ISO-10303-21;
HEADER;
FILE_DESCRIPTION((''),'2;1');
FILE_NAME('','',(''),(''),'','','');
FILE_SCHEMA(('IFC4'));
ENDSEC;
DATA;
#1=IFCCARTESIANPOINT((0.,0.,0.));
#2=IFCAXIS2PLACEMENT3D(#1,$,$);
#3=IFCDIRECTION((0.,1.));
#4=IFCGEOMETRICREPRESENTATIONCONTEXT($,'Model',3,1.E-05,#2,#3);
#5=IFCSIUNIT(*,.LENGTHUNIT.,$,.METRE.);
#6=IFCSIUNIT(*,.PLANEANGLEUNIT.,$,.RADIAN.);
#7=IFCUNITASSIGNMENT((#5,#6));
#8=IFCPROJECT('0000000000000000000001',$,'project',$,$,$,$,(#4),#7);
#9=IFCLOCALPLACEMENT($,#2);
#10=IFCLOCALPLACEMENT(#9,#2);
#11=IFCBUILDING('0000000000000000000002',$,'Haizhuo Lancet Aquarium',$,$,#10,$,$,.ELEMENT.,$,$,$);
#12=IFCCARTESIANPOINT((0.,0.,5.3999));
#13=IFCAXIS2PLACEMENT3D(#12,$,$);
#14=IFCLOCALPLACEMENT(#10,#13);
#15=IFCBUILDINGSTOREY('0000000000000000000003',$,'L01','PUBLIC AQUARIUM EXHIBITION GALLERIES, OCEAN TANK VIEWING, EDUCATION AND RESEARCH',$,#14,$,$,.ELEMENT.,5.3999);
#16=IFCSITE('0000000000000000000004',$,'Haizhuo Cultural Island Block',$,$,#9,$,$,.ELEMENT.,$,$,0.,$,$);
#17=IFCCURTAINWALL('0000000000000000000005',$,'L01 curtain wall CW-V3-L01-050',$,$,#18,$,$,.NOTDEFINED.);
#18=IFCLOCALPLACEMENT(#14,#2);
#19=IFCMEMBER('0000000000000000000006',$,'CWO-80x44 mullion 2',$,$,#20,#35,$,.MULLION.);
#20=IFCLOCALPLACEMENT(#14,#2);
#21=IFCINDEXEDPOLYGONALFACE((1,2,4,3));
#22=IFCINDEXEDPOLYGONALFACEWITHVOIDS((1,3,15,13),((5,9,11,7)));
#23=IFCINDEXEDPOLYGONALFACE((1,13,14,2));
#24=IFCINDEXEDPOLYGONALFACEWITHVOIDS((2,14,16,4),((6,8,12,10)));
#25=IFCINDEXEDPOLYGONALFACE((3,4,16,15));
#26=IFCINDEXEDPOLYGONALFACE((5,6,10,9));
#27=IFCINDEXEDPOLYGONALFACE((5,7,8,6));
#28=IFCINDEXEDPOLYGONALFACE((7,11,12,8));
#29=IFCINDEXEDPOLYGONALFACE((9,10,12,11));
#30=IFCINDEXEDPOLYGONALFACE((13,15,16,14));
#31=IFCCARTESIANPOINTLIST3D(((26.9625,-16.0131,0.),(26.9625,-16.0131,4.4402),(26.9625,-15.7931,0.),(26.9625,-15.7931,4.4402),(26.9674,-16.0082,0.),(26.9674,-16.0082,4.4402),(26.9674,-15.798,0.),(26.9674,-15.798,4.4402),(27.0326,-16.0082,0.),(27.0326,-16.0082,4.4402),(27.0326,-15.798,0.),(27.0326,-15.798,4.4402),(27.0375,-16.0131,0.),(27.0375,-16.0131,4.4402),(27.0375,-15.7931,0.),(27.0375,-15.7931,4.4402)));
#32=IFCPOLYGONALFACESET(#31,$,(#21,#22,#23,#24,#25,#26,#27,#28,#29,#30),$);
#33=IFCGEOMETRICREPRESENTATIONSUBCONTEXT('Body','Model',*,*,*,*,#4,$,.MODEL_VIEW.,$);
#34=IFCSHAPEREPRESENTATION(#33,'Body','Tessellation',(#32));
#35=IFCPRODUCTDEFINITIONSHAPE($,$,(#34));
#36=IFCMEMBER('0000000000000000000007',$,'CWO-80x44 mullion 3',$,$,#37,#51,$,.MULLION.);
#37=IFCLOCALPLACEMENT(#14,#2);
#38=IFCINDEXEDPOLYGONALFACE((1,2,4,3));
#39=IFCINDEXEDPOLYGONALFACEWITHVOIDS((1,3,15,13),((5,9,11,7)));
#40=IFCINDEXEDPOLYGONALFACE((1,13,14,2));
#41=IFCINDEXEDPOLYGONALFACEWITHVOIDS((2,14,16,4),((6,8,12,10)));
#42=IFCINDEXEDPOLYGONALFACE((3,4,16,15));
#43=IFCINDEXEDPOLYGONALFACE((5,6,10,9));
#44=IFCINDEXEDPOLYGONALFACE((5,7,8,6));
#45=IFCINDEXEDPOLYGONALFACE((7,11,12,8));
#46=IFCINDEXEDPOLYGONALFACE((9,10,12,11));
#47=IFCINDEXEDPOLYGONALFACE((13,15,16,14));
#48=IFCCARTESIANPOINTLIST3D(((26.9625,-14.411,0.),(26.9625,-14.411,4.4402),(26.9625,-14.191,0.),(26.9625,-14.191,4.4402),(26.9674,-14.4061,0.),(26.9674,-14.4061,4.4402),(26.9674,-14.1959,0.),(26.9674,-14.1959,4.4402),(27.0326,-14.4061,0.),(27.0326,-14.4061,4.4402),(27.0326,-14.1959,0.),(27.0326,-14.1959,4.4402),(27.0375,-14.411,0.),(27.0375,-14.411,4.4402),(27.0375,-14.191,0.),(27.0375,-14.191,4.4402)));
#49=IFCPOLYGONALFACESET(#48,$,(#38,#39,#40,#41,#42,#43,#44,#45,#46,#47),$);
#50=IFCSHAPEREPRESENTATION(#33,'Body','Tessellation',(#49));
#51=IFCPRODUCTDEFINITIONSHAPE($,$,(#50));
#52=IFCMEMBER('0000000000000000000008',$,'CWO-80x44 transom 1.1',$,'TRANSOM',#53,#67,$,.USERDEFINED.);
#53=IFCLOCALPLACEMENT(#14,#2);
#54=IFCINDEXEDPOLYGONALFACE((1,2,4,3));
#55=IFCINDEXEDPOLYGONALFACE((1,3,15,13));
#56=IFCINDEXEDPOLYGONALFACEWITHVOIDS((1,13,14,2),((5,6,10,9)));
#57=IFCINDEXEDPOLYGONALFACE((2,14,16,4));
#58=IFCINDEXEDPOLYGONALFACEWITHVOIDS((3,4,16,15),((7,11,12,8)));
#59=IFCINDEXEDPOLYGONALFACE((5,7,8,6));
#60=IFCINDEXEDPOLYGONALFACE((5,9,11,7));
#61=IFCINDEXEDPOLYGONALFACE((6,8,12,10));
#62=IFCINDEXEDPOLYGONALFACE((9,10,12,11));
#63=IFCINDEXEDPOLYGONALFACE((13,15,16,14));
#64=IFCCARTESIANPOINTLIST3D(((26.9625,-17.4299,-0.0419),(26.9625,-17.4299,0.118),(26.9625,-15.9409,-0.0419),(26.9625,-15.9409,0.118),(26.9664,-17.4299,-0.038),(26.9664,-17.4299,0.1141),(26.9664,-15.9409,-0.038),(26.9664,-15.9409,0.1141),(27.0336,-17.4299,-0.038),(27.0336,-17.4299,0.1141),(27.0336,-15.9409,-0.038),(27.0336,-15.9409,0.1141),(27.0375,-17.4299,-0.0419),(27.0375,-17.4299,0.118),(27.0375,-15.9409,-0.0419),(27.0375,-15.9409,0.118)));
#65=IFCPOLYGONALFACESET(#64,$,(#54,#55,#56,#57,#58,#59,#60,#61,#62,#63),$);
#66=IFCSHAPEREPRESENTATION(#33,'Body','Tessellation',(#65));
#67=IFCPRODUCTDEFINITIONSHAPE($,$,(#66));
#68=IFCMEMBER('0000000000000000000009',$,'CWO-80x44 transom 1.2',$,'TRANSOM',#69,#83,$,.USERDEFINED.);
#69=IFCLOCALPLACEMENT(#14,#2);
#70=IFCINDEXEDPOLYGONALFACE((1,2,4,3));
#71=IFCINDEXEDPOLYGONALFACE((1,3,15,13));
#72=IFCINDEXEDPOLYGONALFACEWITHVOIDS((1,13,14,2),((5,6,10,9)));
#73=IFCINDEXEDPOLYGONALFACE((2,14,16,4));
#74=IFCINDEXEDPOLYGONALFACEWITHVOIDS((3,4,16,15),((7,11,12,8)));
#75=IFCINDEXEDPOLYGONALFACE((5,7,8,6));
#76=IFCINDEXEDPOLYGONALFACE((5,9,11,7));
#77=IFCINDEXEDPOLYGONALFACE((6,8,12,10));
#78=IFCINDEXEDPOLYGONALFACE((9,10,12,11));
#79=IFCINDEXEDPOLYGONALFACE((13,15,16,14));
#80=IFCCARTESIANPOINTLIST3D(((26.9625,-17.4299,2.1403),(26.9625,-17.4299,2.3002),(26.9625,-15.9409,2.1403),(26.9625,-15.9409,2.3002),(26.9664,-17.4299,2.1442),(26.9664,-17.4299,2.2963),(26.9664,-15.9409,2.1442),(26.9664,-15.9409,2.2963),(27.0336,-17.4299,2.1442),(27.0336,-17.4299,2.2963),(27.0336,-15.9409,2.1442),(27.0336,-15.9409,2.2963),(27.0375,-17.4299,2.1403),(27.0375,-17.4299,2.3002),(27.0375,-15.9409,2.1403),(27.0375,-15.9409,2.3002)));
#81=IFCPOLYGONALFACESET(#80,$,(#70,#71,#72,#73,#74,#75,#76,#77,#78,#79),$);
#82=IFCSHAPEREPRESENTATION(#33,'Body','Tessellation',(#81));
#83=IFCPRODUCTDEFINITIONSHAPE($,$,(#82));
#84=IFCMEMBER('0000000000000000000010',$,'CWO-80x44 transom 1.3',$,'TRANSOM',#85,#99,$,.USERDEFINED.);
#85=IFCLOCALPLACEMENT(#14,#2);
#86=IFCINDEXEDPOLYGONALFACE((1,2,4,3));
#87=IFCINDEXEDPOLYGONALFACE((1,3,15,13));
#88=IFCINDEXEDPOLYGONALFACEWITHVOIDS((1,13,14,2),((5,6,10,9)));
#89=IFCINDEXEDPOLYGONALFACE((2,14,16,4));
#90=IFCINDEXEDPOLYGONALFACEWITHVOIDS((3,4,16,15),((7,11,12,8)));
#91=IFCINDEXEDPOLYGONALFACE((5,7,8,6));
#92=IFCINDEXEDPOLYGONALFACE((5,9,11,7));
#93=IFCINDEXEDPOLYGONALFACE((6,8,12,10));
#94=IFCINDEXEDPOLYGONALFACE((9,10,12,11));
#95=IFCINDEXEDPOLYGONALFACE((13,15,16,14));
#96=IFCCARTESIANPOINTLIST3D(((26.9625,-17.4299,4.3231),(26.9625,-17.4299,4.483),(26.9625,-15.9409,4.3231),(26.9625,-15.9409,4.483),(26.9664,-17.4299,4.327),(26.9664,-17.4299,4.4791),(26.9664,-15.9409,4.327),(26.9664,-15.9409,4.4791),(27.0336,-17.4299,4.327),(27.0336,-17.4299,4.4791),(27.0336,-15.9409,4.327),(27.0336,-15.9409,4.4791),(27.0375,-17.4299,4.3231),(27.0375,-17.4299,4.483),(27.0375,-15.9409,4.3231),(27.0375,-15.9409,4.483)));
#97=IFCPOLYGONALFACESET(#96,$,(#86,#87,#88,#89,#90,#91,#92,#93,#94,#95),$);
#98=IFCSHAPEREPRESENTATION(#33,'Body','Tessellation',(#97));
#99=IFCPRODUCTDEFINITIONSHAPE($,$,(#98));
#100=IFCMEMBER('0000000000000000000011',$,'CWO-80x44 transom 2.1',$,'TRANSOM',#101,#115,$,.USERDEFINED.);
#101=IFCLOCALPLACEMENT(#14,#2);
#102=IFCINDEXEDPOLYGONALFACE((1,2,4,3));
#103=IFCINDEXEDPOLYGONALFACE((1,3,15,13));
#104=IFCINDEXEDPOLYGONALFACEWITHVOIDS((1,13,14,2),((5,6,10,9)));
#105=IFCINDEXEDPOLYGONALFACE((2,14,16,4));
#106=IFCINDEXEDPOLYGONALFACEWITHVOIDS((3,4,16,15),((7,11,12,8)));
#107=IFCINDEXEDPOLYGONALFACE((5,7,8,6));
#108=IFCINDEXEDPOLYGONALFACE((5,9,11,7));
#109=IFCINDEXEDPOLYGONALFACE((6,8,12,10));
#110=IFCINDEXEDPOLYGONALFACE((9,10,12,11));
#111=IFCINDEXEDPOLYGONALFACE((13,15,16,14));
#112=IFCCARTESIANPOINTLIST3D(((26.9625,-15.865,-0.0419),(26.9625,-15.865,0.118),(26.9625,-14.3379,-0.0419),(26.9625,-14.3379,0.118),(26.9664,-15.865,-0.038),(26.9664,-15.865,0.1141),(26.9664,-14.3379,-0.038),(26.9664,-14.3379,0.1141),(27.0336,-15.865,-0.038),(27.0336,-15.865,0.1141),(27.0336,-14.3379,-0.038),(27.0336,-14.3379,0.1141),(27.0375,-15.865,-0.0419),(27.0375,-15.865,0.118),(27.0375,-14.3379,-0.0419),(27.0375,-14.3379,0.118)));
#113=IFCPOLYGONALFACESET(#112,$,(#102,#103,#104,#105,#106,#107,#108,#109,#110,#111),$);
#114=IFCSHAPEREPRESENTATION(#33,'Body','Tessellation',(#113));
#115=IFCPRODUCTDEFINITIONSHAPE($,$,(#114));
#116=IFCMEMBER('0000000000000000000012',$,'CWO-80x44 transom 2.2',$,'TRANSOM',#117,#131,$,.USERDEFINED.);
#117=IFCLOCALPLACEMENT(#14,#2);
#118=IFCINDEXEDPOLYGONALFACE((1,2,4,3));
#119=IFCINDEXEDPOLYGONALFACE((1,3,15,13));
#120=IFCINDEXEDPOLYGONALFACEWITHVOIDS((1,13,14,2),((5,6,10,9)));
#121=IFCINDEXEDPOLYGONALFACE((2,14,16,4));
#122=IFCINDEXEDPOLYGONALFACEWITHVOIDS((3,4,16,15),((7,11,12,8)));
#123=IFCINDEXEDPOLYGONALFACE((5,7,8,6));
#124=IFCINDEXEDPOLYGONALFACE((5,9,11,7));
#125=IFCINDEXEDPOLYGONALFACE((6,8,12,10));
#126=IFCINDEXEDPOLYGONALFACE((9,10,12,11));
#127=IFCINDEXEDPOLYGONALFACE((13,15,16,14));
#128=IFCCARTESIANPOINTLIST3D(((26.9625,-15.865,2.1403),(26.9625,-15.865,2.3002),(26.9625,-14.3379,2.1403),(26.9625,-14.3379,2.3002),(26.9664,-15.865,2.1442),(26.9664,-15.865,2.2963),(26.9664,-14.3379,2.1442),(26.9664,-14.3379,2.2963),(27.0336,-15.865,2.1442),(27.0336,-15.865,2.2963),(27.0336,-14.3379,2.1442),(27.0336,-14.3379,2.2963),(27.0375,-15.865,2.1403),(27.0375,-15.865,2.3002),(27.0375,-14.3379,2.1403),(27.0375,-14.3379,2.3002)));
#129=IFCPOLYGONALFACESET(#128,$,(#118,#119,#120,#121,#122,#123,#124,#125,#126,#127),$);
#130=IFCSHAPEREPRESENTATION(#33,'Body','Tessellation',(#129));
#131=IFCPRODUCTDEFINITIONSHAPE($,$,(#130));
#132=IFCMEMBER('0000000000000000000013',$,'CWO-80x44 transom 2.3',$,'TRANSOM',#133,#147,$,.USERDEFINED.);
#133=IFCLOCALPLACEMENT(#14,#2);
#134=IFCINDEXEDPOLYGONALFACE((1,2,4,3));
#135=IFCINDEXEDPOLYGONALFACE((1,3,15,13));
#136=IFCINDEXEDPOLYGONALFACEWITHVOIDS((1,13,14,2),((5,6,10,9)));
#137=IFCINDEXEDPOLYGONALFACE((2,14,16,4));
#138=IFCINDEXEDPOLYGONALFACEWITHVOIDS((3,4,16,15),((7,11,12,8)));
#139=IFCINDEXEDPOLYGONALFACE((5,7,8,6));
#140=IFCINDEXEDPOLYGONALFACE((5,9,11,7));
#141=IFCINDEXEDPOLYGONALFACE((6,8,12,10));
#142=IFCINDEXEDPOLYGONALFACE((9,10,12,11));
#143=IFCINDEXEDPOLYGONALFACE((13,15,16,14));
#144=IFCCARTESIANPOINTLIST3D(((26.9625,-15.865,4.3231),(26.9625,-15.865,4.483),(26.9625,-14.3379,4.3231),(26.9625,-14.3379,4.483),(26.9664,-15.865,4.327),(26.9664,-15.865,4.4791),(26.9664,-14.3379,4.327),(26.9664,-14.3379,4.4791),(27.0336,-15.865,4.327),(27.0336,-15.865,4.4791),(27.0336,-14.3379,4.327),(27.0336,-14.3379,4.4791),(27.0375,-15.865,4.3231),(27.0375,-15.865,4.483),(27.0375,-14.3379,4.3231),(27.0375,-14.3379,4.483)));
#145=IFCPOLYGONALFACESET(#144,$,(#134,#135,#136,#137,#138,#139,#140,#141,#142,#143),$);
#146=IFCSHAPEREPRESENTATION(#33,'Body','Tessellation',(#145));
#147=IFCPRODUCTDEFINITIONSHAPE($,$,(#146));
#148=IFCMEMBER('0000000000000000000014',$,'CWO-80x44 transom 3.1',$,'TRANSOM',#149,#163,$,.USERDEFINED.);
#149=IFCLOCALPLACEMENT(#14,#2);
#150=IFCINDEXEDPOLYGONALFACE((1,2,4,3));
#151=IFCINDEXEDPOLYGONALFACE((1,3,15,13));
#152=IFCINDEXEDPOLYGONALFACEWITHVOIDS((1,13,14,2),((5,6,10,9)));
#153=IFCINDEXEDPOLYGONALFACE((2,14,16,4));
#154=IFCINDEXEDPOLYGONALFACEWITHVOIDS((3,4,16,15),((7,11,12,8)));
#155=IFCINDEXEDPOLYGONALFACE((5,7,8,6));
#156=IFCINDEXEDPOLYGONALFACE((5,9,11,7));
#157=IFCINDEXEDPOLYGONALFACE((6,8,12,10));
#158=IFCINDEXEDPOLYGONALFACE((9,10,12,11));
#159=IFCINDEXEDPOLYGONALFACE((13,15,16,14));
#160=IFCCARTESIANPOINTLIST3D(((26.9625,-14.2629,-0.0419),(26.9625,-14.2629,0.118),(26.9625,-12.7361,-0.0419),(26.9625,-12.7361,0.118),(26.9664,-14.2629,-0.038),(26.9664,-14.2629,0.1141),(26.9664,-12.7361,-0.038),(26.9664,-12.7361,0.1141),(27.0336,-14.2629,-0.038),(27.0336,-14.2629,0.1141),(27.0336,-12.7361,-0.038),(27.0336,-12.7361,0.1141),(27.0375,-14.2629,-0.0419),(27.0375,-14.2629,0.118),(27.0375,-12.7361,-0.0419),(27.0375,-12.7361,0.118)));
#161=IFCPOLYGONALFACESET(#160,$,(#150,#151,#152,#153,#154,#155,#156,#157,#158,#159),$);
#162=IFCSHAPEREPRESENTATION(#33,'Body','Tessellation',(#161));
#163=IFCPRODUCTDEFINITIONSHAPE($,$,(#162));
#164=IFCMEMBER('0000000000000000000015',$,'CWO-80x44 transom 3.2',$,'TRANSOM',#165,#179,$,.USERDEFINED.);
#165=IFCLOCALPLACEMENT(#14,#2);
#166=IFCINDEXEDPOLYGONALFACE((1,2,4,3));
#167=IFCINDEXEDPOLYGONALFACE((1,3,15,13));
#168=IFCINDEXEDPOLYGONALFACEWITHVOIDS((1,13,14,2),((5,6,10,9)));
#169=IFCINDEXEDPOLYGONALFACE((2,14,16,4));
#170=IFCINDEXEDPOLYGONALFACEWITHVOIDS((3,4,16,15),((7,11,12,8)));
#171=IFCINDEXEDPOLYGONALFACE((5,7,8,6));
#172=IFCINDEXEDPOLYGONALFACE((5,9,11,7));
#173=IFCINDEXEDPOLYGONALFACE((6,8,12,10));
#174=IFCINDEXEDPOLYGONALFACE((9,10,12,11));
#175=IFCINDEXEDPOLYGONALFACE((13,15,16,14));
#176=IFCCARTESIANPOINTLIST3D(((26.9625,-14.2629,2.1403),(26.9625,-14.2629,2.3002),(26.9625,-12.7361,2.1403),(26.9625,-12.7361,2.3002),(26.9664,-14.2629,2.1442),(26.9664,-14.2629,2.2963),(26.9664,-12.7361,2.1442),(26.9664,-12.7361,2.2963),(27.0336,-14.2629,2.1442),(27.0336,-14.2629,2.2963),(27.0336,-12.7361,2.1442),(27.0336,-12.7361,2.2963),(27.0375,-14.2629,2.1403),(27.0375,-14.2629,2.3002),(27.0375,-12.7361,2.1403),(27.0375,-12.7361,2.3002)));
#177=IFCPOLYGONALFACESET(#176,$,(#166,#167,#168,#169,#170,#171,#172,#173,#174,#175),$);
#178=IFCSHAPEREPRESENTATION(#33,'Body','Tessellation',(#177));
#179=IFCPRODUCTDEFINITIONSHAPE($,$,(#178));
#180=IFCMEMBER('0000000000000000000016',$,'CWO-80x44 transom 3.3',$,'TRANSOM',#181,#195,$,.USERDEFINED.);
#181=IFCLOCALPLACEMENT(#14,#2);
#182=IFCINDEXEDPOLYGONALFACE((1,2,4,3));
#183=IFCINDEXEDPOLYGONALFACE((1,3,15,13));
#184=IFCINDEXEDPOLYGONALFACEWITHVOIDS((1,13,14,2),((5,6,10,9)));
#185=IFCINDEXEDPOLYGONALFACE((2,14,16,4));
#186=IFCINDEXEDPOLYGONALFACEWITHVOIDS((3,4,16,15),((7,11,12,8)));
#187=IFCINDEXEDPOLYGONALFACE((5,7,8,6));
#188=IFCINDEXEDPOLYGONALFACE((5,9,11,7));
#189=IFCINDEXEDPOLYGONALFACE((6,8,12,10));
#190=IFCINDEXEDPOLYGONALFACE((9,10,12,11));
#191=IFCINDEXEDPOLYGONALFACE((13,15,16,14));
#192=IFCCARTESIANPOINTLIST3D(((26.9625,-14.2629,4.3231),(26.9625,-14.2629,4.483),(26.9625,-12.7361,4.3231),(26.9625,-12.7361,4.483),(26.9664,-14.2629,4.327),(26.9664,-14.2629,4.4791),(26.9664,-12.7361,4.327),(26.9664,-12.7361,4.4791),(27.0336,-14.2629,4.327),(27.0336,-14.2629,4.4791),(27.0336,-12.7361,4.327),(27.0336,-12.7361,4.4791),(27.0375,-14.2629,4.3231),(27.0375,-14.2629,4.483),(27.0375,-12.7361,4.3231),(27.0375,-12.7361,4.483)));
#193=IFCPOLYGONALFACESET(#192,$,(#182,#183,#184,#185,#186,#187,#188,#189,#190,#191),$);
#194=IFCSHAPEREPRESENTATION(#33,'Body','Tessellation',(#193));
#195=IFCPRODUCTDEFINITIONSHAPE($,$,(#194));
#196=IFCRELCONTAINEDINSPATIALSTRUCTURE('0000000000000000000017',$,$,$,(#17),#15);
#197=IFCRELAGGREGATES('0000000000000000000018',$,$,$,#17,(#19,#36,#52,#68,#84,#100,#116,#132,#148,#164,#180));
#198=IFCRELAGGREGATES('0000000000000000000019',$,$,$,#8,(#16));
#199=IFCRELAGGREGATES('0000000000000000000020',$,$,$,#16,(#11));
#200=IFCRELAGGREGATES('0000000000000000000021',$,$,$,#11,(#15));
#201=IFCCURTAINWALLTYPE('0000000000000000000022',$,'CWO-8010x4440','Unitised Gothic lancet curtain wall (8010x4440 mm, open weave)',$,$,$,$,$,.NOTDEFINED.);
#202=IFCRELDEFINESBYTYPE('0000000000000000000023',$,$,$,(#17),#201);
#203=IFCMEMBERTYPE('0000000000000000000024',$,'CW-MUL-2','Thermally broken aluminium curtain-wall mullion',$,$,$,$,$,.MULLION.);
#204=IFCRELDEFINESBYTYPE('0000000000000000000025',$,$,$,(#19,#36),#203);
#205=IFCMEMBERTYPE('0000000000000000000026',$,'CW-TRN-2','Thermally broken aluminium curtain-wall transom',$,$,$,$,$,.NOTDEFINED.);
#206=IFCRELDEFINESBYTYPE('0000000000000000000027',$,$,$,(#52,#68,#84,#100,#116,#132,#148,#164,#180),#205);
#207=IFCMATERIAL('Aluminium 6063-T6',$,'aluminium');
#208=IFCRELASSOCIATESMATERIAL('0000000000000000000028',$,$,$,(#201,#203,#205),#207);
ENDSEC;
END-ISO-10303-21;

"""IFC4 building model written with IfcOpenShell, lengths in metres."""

from ifc_helpers import new_model, si_unit, direction, frame, origin, origin_2d, place, context, subcontext, project, spatial, hollow_rectangle, extrude, material, material_profile, profile_set, type_object, element, aggregate, save


model = new_model("IFC4")

# Units and contexts
model_context = context("Model", 3, precision=1e-05, world=origin(), true_north=direction((0.0, 1.0)))
body_context = subcontext(model_context, "Body", "Model", "MODEL_VIEW")
ifc_project = project(units=[si_unit("LENGTHUNIT", "METRE"), si_unit("PLANEANGLEUNIT", "RADIAN")], contexts=[model_context])

# Site, building, storey
site_placement = place(None, origin())
site = spatial("IfcSite", under=ifc_project, at=site_placement, Name="Haizhuo Cultural Island Block", CompositionType="ELEMENT", RefElevation=0.0)
building_placement = place(site_placement, origin())
building = spatial("IfcBuilding", under=site, at=building_placement, Name="Haizhuo Lancet Aquarium", CompositionType="ELEMENT")
storey_placement = place(building_placement, frame((0.0, 0.0, 5.3999)))
storey = spatial("IfcBuildingStorey", under=building, at=storey_placement, Name="L01", Description="PUBLIC AQUARIUM EXHIBITION GALLERIES, OCEAN TANK VIEWING, EDUCATION AND RESEARCH", CompositionType="ELEMENT", Elevation=5.3999)

# Curtain wall, members
ifc_material_1 = material(Name="Aluminium 6063-T6", Category="aluminium")
curtain_wall_type = type_object("IfcCurtainWallType", Name="CWO-8010x4440", Description="Unitised Gothic lancet curtain wall (8010x4440 mm, open weave)", PredefinedType="NOTDEFINED", material=ifc_material_1)
curtain_wall_placement = place(storey_placement, origin())
curtain_wall = element("IfcCurtainWall", 1, at=curtain_wall_placement, inside=storey, type_object=curtain_wall_type, Name="L01 curtain wall CW-V3-L01-050", PredefinedType="NOTDEFINED")
ifc_material_profile_1 = material_profile(ifc_material_1, hollow_rectangle(XDim=0.075, YDim=0.22, WallThickness=0.0049, at=origin_2d()), Name="ALU-M 75x220x5")
ifc_profile_set_1 = profile_set([ifc_material_profile_1], Name="Aluminium 6063-T6")
member_type_1 = type_object("IfcMemberType", Name="CW-MUL-2", Description="Thermally broken aluminium curtain-wall mullion", PredefinedType="MULLION", material=ifc_profile_set_1)
member_1_placement = place(storey_placement, frame((27.0, -15.9031, 0.0), z_axis=(0.0, 0.0, 1.0), x_axis=(-1.0, 0.0, 0.0)))
member_1 = element("IfcMember", 2, at=member_1_placement, type_object=member_type_1, Name="CWO-80x44 mullion 2", PredefinedType="MULLION", context=body_context, shape_type="SweptSolid", body=[
    extrude(hollow_rectangle(XDim=0.075, YDim=0.22, WallThickness=0.0049, at=origin_2d()), origin(), (0.0, 0.0, 1.0), 4.4402),
])
member_2_placement = place(storey_placement, frame((27.0, -14.301, 0.0), z_axis=(0.0, 0.0, 1.0), x_axis=(-1.0, 0.0, 0.0)))
member_2 = element("IfcMember", 3, at=member_2_placement, type_object=member_type_1, Name="CWO-80x44 mullion 3", PredefinedType="MULLION", context=body_context, shape_type="SweptSolid", body=[
    extrude(hollow_rectangle(XDim=0.075, YDim=0.22, WallThickness=0.0049, at=origin_2d()), origin(), (0.0, 0.0, 1.0), 4.4402),
])
ifc_material_profile_2 = material_profile(ifc_material_1, hollow_rectangle(XDim=0.075, YDim=0.1599, WallThickness=0.0039, at=origin_2d()), Name="ALU-T 75x160x4")
ifc_profile_set_2 = profile_set([ifc_material_profile_2], Name="Aluminium 6063-T6")
member_type_2 = type_object("IfcMemberType", Name="CW-TRN-2", Description="Thermally broken aluminium curtain-wall transom", PredefinedType="NOTDEFINED", material=ifc_profile_set_2)
member_3_placement = place(storey_placement, frame((27.0, -17.4299, 0.0381), z_axis=(0.0, 1.0, 0.0), x_axis=(-1.0, 0.0, 0.0)))
member_3 = element("IfcMember", 4, at=member_3_placement, type_object=member_type_2, Name="CWO-80x44 transom 1.1", ObjectType="TRANSOM", PredefinedType="USERDEFINED", context=body_context, shape_type="SweptSolid", body=[
    extrude(hollow_rectangle(XDim=0.075, YDim=0.1599, WallThickness=0.0039, at=origin_2d()), origin(), (0.0, 0.0, 1.0), 1.489),
])
member_4_placement = place(storey_placement, frame((27.0, -17.4299, 2.2202), z_axis=(0.0, 1.0, 0.0), x_axis=(-1.0, 0.0, 0.0)))
member_4 = element("IfcMember", 5, at=member_4_placement, type_object=member_type_2, Name="CWO-80x44 transom 1.2", ObjectType="TRANSOM", PredefinedType="USERDEFINED", context=body_context, shape_type="SweptSolid", body=[
    extrude(hollow_rectangle(XDim=0.075, YDim=0.1599, WallThickness=0.0039, at=origin_2d()), origin(), (0.0, 0.0, 1.0), 1.489),
])
member_5_placement = place(storey_placement, frame((27.0, -17.4299, 4.4031), z_axis=(0.0, 1.0, 0.0), x_axis=(-1.0, 0.0, 0.0)))
member_5 = element("IfcMember", 6, at=member_5_placement, type_object=member_type_2, Name="CWO-80x44 transom 1.3", ObjectType="TRANSOM", PredefinedType="USERDEFINED", context=body_context, shape_type="SweptSolid", body=[
    extrude(hollow_rectangle(XDim=0.075, YDim=0.1599, WallThickness=0.0039, at=origin_2d()), origin(), (0.0, 0.0, 1.0), 1.489),
])
member_6_placement = place(storey_placement, frame((27.0, -15.865, 0.0381), z_axis=(0.0, 1.0, 0.0), x_axis=(-1.0, 0.0, 0.0)))
member_6 = element("IfcMember", 7, at=member_6_placement, type_object=member_type_2, Name="CWO-80x44 transom 2.1", ObjectType="TRANSOM", PredefinedType="USERDEFINED", context=body_context, shape_type="SweptSolid", body=[
    extrude(hollow_rectangle(XDim=0.075, YDim=0.1599, WallThickness=0.0039, at=origin_2d()), origin(), (0.0, 0.0, 1.0), 1.5271),
])
member_7_placement = place(storey_placement, frame((27.0, -15.865, 2.2202), z_axis=(0.0, 1.0, 0.0), x_axis=(-1.0, 0.0, 0.0)))
member_7 = element("IfcMember", 8, at=member_7_placement, type_object=member_type_2, Name="CWO-80x44 transom 2.2", ObjectType="TRANSOM", PredefinedType="USERDEFINED", context=body_context, shape_type="SweptSolid", body=[
    extrude(hollow_rectangle(XDim=0.075, YDim=0.1599, WallThickness=0.0039, at=origin_2d()), origin(), (0.0, 0.0, 1.0), 1.5271),
])
member_8_placement = place(storey_placement, frame((27.0, -15.865, 4.4031), z_axis=(0.0, 1.0, 0.0), x_axis=(-1.0, 0.0, 0.0)))
member_8 = element("IfcMember", 9, at=member_8_placement, type_object=member_type_2, Name="CWO-80x44 transom 2.3", ObjectType="TRANSOM", PredefinedType="USERDEFINED", context=body_context, shape_type="SweptSolid", body=[
    extrude(hollow_rectangle(XDim=0.075, YDim=0.1599, WallThickness=0.0039, at=origin_2d()), origin(), (0.0, 0.0, 1.0), 1.5271),
])
member_9_placement = place(storey_placement, frame((27.0, -14.2629, 0.0381), z_axis=(0.0, 1.0, 0.0), x_axis=(-1.0, 0.0, 0.0)))
member_9 = element("IfcMember", 10, at=member_9_placement, type_object=member_type_2, Name="CWO-80x44 transom 3.1", ObjectType="TRANSOM", PredefinedType="USERDEFINED", context=body_context, shape_type="SweptSolid", body=[
    extrude(hollow_rectangle(XDim=0.075, YDim=0.1599, WallThickness=0.0039, at=origin_2d()), origin(), (0.0, 0.0, 1.0), 1.5269),
])
member_10_placement = place(storey_placement, frame((27.0, -14.2629, 2.2202), z_axis=(0.0, 1.0, 0.0), x_axis=(-1.0, 0.0, 0.0)))
member_10 = element("IfcMember", 11, at=member_10_placement, type_object=member_type_2, Name="CWO-80x44 transom 3.2", ObjectType="TRANSOM", PredefinedType="USERDEFINED", context=body_context, shape_type="SweptSolid", body=[
    extrude(hollow_rectangle(XDim=0.075, YDim=0.1599, WallThickness=0.0039, at=origin_2d()), origin(), (0.0, 0.0, 1.0), 1.5269),
])
member_11_placement = place(storey_placement, frame((27.0, -14.2629, 4.4031), z_axis=(0.0, 1.0, 0.0), x_axis=(-1.0, 0.0, 0.0)))
member_11 = element("IfcMember", 12, at=member_11_placement, type_object=member_type_2, Name="CWO-80x44 transom 3.3", ObjectType="TRANSOM", PredefinedType="USERDEFINED", context=body_context, shape_type="SweptSolid", body=[
    extrude(hollow_rectangle(XDim=0.075, YDim=0.1599, WallThickness=0.0039, at=origin_2d()), origin(), (0.0, 0.0, 1.0), 1.5269),
])

aggregate(curtain_wall, [member_1, member_2, member_3, member_4, member_5, member_6, member_7, member_8, member_9, member_10, member_11])

save(model, "model.ifc")
